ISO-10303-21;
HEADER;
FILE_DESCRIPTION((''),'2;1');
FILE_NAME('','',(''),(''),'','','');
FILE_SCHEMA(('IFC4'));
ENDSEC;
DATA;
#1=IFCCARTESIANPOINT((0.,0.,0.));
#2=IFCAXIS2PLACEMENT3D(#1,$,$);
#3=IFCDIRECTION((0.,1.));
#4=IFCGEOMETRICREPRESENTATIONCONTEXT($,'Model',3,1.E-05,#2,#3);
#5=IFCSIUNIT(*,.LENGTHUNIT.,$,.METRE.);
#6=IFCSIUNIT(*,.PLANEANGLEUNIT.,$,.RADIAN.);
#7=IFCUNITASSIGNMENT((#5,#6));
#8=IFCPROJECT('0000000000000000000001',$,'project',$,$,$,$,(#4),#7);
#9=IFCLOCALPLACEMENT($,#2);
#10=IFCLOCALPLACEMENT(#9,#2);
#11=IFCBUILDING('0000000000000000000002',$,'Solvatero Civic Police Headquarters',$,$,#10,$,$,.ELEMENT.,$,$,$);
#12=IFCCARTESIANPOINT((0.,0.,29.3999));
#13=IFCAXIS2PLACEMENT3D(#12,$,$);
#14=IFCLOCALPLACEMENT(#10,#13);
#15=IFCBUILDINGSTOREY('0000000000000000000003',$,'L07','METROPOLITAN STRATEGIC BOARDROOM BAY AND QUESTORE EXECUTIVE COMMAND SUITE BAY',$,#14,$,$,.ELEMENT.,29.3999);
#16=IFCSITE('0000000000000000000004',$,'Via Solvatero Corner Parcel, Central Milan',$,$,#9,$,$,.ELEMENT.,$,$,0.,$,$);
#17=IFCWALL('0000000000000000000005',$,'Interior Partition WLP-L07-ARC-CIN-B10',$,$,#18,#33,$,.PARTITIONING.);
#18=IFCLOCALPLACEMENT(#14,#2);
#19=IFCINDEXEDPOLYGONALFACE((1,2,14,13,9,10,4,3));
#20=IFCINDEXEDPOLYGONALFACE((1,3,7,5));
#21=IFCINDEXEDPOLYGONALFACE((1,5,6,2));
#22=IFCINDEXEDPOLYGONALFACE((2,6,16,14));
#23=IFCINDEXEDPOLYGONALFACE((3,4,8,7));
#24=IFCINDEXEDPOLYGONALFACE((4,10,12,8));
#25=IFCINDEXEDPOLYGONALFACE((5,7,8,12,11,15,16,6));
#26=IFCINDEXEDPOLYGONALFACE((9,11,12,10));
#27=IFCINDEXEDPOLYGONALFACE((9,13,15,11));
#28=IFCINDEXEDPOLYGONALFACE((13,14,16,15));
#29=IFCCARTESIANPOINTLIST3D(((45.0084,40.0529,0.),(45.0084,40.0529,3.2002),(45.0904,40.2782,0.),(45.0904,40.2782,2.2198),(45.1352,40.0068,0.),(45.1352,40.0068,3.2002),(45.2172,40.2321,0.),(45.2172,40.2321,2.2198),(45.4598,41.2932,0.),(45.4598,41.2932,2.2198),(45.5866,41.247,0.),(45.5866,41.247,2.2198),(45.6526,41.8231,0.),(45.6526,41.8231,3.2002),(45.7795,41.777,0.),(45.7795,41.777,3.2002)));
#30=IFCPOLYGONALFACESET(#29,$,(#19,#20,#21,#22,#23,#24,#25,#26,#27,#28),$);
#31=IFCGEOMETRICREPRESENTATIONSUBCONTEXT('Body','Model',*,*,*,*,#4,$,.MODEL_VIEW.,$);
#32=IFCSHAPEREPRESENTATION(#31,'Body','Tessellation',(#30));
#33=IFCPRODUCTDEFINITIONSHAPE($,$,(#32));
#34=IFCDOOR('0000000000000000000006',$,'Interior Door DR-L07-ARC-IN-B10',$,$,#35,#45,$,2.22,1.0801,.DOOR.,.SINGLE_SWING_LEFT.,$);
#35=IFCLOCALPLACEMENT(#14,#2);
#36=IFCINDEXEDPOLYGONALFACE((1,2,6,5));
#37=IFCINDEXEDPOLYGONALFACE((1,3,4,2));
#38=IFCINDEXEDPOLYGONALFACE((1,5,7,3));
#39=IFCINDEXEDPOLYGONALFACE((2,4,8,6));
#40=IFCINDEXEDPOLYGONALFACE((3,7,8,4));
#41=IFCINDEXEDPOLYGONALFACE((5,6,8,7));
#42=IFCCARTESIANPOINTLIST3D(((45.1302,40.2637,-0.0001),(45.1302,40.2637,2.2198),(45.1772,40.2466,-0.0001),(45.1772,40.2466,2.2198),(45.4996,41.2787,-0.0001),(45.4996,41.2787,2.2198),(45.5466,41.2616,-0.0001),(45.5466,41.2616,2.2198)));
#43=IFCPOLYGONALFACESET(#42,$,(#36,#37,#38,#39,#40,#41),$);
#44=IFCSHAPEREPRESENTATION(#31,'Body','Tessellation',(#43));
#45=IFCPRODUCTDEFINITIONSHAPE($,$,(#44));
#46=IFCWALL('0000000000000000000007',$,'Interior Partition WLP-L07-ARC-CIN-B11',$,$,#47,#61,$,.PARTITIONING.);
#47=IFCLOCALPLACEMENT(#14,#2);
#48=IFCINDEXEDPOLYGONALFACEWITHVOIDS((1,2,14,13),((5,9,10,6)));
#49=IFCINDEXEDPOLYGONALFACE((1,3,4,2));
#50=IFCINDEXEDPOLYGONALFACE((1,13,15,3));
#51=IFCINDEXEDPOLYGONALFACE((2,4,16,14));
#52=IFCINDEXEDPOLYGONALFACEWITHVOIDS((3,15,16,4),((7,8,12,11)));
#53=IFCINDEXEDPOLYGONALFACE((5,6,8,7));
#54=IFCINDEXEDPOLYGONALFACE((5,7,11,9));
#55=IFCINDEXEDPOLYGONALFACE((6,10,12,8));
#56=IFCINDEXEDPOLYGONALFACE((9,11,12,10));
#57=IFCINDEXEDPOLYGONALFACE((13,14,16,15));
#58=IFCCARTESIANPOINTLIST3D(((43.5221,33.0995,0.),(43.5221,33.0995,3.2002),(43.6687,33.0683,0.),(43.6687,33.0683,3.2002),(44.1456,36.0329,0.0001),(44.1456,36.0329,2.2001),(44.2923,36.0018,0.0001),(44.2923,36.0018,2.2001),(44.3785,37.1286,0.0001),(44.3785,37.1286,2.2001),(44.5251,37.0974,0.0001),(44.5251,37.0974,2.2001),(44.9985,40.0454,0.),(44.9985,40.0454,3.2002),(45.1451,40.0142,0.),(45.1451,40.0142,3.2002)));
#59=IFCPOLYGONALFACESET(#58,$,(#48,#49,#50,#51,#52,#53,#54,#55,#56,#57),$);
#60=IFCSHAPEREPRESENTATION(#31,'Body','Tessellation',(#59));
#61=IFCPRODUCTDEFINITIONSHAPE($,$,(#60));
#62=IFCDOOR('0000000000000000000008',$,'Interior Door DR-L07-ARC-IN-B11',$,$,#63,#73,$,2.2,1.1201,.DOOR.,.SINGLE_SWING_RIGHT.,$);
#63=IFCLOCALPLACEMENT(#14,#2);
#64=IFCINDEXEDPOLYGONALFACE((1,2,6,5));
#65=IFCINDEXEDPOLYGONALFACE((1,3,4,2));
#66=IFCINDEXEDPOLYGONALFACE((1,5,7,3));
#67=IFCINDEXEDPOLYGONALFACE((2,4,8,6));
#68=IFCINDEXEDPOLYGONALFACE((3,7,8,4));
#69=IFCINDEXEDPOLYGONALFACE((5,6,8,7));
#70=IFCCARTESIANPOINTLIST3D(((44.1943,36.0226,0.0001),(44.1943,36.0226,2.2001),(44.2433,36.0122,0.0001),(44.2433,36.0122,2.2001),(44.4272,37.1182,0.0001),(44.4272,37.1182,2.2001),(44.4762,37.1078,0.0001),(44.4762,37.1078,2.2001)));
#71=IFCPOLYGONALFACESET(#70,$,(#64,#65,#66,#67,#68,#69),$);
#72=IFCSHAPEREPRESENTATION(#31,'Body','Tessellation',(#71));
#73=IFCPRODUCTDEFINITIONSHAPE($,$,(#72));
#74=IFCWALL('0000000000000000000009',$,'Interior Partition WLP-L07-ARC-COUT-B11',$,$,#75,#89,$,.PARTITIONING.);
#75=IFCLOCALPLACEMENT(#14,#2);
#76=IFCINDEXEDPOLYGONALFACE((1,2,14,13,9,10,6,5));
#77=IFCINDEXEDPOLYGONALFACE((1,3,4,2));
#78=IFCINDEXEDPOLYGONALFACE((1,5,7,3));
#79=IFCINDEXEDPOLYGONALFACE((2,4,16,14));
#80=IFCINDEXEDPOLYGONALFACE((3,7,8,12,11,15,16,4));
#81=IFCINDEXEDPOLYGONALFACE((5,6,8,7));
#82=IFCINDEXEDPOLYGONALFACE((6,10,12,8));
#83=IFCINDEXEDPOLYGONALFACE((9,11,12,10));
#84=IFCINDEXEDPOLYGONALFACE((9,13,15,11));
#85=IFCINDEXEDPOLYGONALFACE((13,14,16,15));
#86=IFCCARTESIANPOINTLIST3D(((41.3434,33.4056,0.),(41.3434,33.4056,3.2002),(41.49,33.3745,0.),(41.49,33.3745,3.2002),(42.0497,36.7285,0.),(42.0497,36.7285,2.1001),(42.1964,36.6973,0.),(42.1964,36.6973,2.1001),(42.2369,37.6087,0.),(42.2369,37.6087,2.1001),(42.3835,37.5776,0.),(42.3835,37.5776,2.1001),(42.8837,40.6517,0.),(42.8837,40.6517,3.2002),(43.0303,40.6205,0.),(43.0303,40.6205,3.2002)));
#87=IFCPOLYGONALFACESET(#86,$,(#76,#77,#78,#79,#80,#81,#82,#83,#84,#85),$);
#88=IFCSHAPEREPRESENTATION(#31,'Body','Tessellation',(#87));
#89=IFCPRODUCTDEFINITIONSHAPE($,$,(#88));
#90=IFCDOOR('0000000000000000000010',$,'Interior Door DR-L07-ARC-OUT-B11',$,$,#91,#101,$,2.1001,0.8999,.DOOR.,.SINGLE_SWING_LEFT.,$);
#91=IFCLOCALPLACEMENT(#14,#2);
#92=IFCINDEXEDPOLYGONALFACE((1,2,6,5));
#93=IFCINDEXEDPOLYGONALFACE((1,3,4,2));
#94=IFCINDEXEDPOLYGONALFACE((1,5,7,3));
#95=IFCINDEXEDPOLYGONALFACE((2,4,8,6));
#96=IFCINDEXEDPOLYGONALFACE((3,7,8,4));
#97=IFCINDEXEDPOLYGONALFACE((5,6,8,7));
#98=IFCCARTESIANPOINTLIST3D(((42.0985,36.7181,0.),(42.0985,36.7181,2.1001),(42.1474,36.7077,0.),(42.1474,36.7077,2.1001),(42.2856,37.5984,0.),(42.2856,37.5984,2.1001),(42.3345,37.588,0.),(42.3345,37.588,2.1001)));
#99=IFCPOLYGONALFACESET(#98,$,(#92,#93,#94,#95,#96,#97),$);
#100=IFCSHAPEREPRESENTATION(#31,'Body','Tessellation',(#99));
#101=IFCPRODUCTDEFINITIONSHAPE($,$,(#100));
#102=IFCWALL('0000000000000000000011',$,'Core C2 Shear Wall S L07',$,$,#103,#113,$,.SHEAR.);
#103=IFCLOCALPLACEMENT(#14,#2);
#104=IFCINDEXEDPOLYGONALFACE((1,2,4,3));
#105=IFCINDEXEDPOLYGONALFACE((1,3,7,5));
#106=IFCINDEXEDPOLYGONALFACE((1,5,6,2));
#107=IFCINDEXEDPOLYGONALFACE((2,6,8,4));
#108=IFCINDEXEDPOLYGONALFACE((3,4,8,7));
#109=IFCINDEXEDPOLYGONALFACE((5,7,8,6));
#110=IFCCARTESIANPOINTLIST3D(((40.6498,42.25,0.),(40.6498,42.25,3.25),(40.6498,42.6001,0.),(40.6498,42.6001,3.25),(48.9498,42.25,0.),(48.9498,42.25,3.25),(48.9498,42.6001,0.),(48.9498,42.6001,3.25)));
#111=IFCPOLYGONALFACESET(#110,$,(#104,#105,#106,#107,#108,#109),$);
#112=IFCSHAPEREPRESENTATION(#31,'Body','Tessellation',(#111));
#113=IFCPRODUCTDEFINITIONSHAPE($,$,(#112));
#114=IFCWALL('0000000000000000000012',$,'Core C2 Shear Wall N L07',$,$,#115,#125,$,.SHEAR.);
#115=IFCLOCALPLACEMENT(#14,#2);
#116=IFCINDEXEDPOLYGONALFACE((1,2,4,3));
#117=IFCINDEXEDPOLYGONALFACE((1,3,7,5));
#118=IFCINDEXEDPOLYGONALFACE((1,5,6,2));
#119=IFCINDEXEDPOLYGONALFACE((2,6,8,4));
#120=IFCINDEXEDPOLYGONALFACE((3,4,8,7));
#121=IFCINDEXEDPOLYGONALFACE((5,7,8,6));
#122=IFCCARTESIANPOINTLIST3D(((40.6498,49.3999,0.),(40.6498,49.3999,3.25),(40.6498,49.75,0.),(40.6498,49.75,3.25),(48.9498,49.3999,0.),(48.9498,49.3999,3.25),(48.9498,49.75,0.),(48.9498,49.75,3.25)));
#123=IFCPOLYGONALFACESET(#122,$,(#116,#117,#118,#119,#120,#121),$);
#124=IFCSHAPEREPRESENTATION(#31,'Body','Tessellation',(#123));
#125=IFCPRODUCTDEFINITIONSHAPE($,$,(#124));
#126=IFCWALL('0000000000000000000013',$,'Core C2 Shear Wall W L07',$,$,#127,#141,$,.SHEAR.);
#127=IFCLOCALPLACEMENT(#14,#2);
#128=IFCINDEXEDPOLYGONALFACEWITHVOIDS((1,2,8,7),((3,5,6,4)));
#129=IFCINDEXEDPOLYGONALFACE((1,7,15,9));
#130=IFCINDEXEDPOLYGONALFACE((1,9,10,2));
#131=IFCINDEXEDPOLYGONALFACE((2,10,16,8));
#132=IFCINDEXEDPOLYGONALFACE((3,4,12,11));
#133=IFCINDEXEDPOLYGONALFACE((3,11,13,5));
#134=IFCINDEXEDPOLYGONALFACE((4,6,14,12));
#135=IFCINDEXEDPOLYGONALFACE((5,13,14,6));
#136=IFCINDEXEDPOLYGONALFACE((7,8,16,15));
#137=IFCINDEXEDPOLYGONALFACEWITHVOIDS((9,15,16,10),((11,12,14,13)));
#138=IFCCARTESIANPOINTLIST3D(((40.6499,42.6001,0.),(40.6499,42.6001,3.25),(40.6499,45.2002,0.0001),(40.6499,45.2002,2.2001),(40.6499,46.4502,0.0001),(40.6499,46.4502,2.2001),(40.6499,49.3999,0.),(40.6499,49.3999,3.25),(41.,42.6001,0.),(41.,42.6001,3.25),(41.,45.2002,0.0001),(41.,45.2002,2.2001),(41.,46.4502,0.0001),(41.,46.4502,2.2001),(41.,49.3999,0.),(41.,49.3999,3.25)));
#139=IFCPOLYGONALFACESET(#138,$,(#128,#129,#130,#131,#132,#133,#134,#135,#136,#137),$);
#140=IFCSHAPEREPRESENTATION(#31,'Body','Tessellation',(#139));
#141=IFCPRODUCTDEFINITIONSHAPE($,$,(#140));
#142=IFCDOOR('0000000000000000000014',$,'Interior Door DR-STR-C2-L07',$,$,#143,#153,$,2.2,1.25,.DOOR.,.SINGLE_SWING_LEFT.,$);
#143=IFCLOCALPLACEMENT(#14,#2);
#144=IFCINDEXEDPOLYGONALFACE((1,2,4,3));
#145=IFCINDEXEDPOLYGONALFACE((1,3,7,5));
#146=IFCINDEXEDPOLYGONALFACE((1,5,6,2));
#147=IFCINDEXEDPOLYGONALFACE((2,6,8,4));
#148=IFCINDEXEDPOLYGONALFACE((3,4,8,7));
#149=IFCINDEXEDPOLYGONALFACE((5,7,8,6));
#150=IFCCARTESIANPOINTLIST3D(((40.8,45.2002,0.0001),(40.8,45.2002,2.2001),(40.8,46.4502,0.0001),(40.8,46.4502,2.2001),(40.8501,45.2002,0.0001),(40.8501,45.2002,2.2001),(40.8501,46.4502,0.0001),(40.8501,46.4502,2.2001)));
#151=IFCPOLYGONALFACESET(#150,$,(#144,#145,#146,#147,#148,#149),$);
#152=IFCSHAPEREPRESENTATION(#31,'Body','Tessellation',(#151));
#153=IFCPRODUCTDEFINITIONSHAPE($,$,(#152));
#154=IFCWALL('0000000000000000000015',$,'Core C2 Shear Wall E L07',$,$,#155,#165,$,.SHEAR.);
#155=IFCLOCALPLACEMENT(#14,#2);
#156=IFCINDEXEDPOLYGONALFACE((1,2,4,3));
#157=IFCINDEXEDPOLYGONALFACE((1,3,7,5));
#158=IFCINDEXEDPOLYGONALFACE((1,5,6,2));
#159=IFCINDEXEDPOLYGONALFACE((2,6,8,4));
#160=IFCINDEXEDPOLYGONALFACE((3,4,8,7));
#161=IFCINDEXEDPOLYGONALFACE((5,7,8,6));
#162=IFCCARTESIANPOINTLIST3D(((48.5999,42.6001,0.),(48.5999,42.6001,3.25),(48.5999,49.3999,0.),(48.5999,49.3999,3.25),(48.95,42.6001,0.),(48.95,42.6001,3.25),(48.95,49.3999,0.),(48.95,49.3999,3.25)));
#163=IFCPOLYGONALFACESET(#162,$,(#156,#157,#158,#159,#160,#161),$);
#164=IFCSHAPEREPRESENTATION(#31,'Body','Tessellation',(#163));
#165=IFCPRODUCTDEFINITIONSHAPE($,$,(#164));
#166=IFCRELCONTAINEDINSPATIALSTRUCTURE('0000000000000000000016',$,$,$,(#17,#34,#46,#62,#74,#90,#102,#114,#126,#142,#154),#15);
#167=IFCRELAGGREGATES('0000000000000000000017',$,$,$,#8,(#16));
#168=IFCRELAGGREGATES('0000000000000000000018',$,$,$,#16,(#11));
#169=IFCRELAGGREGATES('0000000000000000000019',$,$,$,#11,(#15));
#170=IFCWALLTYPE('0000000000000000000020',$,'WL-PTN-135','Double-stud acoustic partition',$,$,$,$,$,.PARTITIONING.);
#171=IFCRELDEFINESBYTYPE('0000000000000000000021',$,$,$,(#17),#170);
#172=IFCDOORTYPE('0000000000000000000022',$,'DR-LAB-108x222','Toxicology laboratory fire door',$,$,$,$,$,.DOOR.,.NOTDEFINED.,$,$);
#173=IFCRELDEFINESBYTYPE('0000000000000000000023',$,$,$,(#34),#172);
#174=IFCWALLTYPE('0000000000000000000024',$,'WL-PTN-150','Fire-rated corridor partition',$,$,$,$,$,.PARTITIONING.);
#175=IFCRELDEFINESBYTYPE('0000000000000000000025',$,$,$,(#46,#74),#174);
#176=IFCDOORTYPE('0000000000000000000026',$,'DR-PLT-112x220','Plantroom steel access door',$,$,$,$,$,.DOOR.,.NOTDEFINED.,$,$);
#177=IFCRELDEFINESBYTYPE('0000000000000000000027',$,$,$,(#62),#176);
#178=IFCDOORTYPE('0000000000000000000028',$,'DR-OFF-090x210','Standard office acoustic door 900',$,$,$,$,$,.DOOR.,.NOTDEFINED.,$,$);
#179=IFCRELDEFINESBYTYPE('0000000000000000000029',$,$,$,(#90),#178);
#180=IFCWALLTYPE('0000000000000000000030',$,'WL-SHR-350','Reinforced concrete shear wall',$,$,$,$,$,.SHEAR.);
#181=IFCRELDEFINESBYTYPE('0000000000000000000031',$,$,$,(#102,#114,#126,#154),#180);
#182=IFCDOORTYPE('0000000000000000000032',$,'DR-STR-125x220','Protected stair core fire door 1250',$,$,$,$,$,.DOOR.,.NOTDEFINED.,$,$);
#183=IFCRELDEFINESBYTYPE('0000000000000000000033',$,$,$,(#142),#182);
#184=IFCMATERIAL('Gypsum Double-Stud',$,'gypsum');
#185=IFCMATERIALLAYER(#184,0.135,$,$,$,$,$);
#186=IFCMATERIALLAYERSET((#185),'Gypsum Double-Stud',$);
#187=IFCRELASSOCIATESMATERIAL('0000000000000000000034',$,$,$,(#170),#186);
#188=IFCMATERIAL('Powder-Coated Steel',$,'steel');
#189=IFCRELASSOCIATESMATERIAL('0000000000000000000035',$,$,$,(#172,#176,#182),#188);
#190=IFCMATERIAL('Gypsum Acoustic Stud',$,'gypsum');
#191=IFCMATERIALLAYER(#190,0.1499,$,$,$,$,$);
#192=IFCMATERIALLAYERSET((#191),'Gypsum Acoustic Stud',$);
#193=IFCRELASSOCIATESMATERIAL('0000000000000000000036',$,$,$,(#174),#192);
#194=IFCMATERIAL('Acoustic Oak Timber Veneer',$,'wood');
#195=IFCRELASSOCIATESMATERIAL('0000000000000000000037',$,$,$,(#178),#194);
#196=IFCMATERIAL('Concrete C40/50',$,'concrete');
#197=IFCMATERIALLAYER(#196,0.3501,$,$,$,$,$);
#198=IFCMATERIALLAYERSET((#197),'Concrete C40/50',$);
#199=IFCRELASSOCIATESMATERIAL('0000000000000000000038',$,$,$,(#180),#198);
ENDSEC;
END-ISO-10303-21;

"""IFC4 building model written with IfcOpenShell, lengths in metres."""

from ifc_helpers import new_model, si_unit, direction, frame, frame_2d, origin, place, context, subcontext, project, spatial, rectangle, extrude, material, layer, layer_set, type_object, element, fill, save


model = new_model("IFC4")

# Units and contexts
model_context = context("Model", 3, precision=1e-05, world=origin(), true_north=direction((0.0, 1.0)))
body_context = subcontext(model_context, "Body", "Model", "MODEL_VIEW")
ifc_project = project(units=[si_unit("LENGTHUNIT", "METRE"), si_unit("PLANEANGLEUNIT", "RADIAN")], contexts=[model_context])

# Site, building, storey
site_placement = place(None, origin())
site = spatial("IfcSite", under=ifc_project, at=site_placement, Name="Via Solvatero Corner Parcel, Central Milan", CompositionType="ELEMENT", RefElevation=0.0)
building_placement = place(site_placement, origin())
building = spatial("IfcBuilding", under=site, at=building_placement, Name="Solvatero Civic Police Headquarters", CompositionType="ELEMENT")
storey_placement = place(building_placement, frame((0.0, 0.0, 29.3999)))
storey = spatial("IfcBuildingStorey", under=building, at=storey_placement, Name="L07", Description="METROPOLITAN STRATEGIC BOARDROOM BAY AND QUESTORE EXECUTIVE COMMAND SUITE BAY", CompositionType="ELEMENT", Elevation=29.3999)

# Walls, openings, doors
ifc_material_1 = material(Name="Gypsum Double-Stud", Category="gypsum")
ifc_layer_1 = layer(ifc_material_1, 0.135)
ifc_layer_set_1 = layer_set([ifc_layer_1], Name="Gypsum Double-Stud")
wall_type_1 = type_object("IfcWallType", Name="WL-PTN-135", Description="Double-stud acoustic partition", PredefinedType="PARTITIONING", material=ifc_layer_set_1)
wall_1_placement = place(storey_placement, frame((45.7161, 41.8, 0.0), z_axis=(0.0, 0.0, 1.0), x_axis=(-0.342003, -0.939699, 0.0)))
wall_1 = element("IfcWall", 1, at=wall_1_placement, inside=storey, type_object=wall_type_1, Name="Interior Partition WLP-L07-ARC-CIN-B10", PredefinedType="PARTITIONING", context=body_context, shape_type="SweptSolid", body=[
    extrude(rectangle(XDim=1.8838, YDim=0.135, at=frame_2d((0.9419, 0.0))), origin(), (0.0, 0.0, 1.0), 3.2002),
])
opening_1_placement = place(wall_1_placement, frame((0.564, 0.0, 0.0)))
opening_1 = element("IfcOpeningElement", 2, at=opening_1_placement, cuts=wall_1, PredefinedType="OPENING", context=body_context, shape_type="SweptSolid", body=[
    extrude(rectangle(XDim=1.0801, YDim=2.22, at=frame_2d((0.54, 1.1099))), frame((0.0, 0.0774, 0.0), z_axis=(0.0, -1.0, 0.0), x_axis=(1.0, 0.0, 0.0)), (0.0, 0.0, 1.0), 0.155),
])
ifc_material_2 = material(Name="Powder-Coated Steel", Category="steel")
door_type_1 = type_object("IfcDoorType", Name="DR-LAB-108x222", Description="Toxicology laboratory fire door", OperationType="NOTDEFINED", PredefinedType="DOOR", material=ifc_material_2)
door_1_placement = place(opening_1_placement, origin())
door_1 = element("IfcDoor", 3, at=door_1_placement, inside=storey, type_object=door_type_1, Name="Interior Door DR-L07-ARC-IN-B10", OperationType="SINGLE_SWING_LEFT", OverallHeight=2.22, OverallWidth=1.0801, PredefinedType="DOOR", context=body_context, shape_type="SweptSolid", body=[
    extrude(rectangle(XDim=1.0801, YDim=2.22, at=frame_2d((0.54, 1.1099))), frame((0.0, 0.0249, 0.0), z_axis=(0.0, -1.0, 0.0), x_axis=(1.0, 0.0, 0.0)), (0.0, 0.0, 1.0), 0.05),
])
fill(opening_1, door_1)
ifc_material_3 = material(Name="Gypsum Acoustic Stud", Category="gypsum")
ifc_layer_2 = layer(ifc_material_3, 0.1499)
ifc_layer_set_2 = layer_set([ifc_layer_2], Name="Gypsum Acoustic Stud")
wall_type_2 = type_object("IfcWallType", Name="WL-PTN-150", Description="Fire-rated corridor partition", PredefinedType="PARTITIONING", material=ifc_layer_set_2)
wall_2_placement = place(storey_placement, frame((45.0718, 40.0298, 0.0), z_axis=(0.0, 0.0, 1.0), x_axis=(-0.207904, -0.978149, 0.0)))
wall_2 = element("IfcWall", 4, at=wall_2_placement, inside=storey, type_object=wall_type_2, Name="Interior Partition WLP-L07-ARC-CIN-B11", PredefinedType="PARTITIONING", context=body_context, shape_type="SweptSolid", body=[
    extrude(rectangle(XDim=7.1011, YDim=0.1499, at=frame_2d((3.5505, 0.0))), origin(), (0.0, 0.0, 1.0), 3.2002),
])
opening_2_placement = place(wall_2_placement, frame((2.9819, 0.0, 0.0)))
opening_2 = element("IfcOpeningElement", 5, at=opening_2_placement, cuts=wall_2, PredefinedType="OPENING", context=body_context, shape_type="SweptSolid", body=[
    extrude(rectangle(XDim=1.1201, YDim=2.2, at=frame_2d((0.5601, 1.1001))), frame((0.0, 0.085, 0.0), z_axis=(0.0, -1.0, 0.0), x_axis=(1.0, 0.0, 0.0)), (0.0, 0.0, 1.0), 0.1699),
])
door_type_2 = type_object("IfcDoorType", Name="DR-PLT-112x220", Description="Plantroom steel access door", OperationType="NOTDEFINED", PredefinedType="DOOR", material=ifc_material_2)
door_2_placement = place(opening_2_placement, origin())
door_2 = element("IfcDoor", 6, at=door_2_placement, inside=storey, type_object=door_type_2, Name="Interior Door DR-L07-ARC-IN-B11", OperationType="SINGLE_SWING_RIGHT", OverallHeight=2.2, OverallWidth=1.1201, PredefinedType="DOOR", context=body_context, shape_type="SweptSolid", body=[
    extrude(rectangle(XDim=1.1201, YDim=2.2, at=frame_2d((0.5601, 1.1001))), frame((0.0, 0.0249, 0.0), z_axis=(0.0, -1.0, 0.0), x_axis=(1.0, 0.0, 0.0)), (0.0, 0.0, 1.0), 0.05),
])
fill(opening_2, door_2)
wall_3_placement = place(storey_placement, frame((42.957, 40.6362, 0.0), z_axis=(0.0, 0.0, 1.0), x_axis=(-0.207922, -0.978145, 0.0)))
wall_3 = element("IfcWall", 7, at=wall_3_placement, inside=storey, type_object=wall_type_2, Name="Interior Partition WLP-L07-ARC-COUT-B11", PredefinedType="PARTITIONING", context=body_context, shape_type="SweptSolid", body=[
    extrude(rectangle(XDim=7.408, YDim=0.1499, at=frame_2d((3.7041, 0.0))), origin(), (0.0, 0.0, 1.0), 3.2002),
])
opening_3_placement = place(wall_3_placement, frame((3.1111, 0.0, 0.0)))
opening_3 = element("IfcOpeningElement", 8, at=opening_3_placement, cuts=wall_3, PredefinedType="OPENING", context=body_context, shape_type="SweptSolid", body=[
    extrude(rectangle(XDim=0.8999, YDim=2.1001, at=frame_2d((0.45, 1.05))), frame((0.0, 0.085, 0.0), z_axis=(0.0, -1.0, 0.0), x_axis=(1.0, 0.0, 0.0)), (0.0, 0.0, 1.0), 0.1699),
])
ifc_material_4 = material(Name="Acoustic Oak Timber Veneer", Category="wood")
door_type_3 = type_object("IfcDoorType", Name="DR-OFF-090x210", Description="Standard office acoustic door 900", OperationType="NOTDEFINED", PredefinedType="DOOR", material=ifc_material_4)
door_3_placement = place(opening_3_placement, origin())
door_3 = element("IfcDoor", 9, at=door_3_placement, inside=storey, type_object=door_type_3, Name="Interior Door DR-L07-ARC-OUT-B11", OperationType="SINGLE_SWING_LEFT", OverallHeight=2.1001, OverallWidth=0.8999, PredefinedType="DOOR", context=body_context, shape_type="SweptSolid", body=[
    extrude(rectangle(XDim=0.8999, YDim=2.1001, at=frame_2d((0.45, 1.05))), frame((0.0, 0.0249, 0.0), z_axis=(0.0, -1.0, 0.0), x_axis=(1.0, 0.0, 0.0)), (0.0, 0.0, 1.0), 0.05),
])
fill(opening_3, door_3)

# Walls
ifc_material_5 = material(Name="Concrete C40/50", Category="concrete")
ifc_layer_3 = layer(ifc_material_5, 0.3501)
ifc_layer_set_3 = layer_set([ifc_layer_3], Name="Concrete C40/50")
wall_type_3 = type_object("IfcWallType", Name="WL-SHR-350", Description="Reinforced concrete shear wall", PredefinedType="SHEAR", material=ifc_layer_set_3)
for number, where, z_axis, x_axis, name in (
    (10, (40.6499, 42.425, 0.0), (0.0, 0.0, 1.0), (1.0, 0.0, 0.0), "Core C2 Shear Wall S L07"),
    (11, (40.6499, 49.575, 0.0), (0.0, 0.0, 1.0), (1.0, 0.0, 0.0), "Core C2 Shear Wall N L07"),
):
    element("IfcWall", number, at=place(storey_placement, frame(where, z_axis=z_axis, x_axis=x_axis)), inside=storey, type_object=wall_type_3, Name=name, PredefinedType="SHEAR", context=body_context, shape_type="SweptSolid", body=[
        extrude(rectangle(XDim=8.3, YDim=0.3501, at=frame_2d((4.1499, 0.0))), origin(), (0.0, 0.0, 1.0), 3.25),
    ])

# Wall, opening, door
wall_4_placement = place(storey_placement, frame((40.825, 42.6001, 0.0), z_axis=(0.0, 0.0, 1.0), x_axis=(0.0, 1.0, 0.0)))
wall_4 = element("IfcWall", 12, at=wall_4_placement, inside=storey, type_object=wall_type_3, Name="Core C2 Shear Wall W L07", PredefinedType="SHEAR", context=body_context, shape_type="SweptSolid", body=[
    extrude(rectangle(XDim=6.7998, YDim=0.3501, at=frame_2d((3.3999, 0.0))), origin(), (0.0, 0.0, 1.0), 3.25),
])
opening_4_placement = place(wall_4_placement, frame((2.6001, 0.0, 0.0)))
opening_4 = element("IfcOpeningElement", 13, at=opening_4_placement, cuts=wall_4, PredefinedType="OPENING", context=body_context, shape_type="SweptSolid", body=[
    extrude(rectangle(XDim=1.25, YDim=2.2, at=frame_2d((0.625, 1.1001))), frame((0.0, 0.1851, 0.0), z_axis=(0.0, -1.0, 0.0), x_axis=(1.0, 0.0, 0.0)), (0.0, 0.0, 1.0), 0.3701),
])
door_type_4 = type_object("IfcDoorType", Name="DR-STR-125x220", Description="Protected stair core fire door 1250", OperationType="NOTDEFINED", PredefinedType="DOOR", material=ifc_material_2)
door_4_placement = place(opening_4_placement, origin())
door_4 = element("IfcDoor", 14, at=door_4_placement, inside=storey, type_object=door_type_4, Name="Interior Door DR-STR-C2-L07", OperationType="SINGLE_SWING_LEFT", OverallHeight=2.2, OverallWidth=1.25, PredefinedType="DOOR", context=body_context, shape_type="SweptSolid", body=[
    extrude(rectangle(XDim=1.25, YDim=2.2, at=frame_2d((0.625, 1.1001))), frame((0.0, 0.0249, 0.0), z_axis=(0.0, -1.0, 0.0), x_axis=(1.0, 0.0, 0.0)), (0.0, 0.0, 1.0), 0.05),
])
fill(opening_4, door_4)

# Wall
wall_5_placement = place(storey_placement, frame((48.7749, 42.6001, 0.0), z_axis=(0.0, 0.0, 1.0), x_axis=(0.0, 1.0, 0.0)))
element("IfcWall", 15, at=wall_5_placement, inside=storey, type_object=wall_type_3, Name="Core C2 Shear Wall E L07", PredefinedType="SHEAR", context=body_context, shape_type="SweptSolid", body=[
    extrude(rectangle(XDim=6.7998, YDim=0.3501, at=frame_2d((3.3999, 0.0))), origin(), (0.0, 0.0, 1.0), 3.25),
])

save(model, "model.ifc")
